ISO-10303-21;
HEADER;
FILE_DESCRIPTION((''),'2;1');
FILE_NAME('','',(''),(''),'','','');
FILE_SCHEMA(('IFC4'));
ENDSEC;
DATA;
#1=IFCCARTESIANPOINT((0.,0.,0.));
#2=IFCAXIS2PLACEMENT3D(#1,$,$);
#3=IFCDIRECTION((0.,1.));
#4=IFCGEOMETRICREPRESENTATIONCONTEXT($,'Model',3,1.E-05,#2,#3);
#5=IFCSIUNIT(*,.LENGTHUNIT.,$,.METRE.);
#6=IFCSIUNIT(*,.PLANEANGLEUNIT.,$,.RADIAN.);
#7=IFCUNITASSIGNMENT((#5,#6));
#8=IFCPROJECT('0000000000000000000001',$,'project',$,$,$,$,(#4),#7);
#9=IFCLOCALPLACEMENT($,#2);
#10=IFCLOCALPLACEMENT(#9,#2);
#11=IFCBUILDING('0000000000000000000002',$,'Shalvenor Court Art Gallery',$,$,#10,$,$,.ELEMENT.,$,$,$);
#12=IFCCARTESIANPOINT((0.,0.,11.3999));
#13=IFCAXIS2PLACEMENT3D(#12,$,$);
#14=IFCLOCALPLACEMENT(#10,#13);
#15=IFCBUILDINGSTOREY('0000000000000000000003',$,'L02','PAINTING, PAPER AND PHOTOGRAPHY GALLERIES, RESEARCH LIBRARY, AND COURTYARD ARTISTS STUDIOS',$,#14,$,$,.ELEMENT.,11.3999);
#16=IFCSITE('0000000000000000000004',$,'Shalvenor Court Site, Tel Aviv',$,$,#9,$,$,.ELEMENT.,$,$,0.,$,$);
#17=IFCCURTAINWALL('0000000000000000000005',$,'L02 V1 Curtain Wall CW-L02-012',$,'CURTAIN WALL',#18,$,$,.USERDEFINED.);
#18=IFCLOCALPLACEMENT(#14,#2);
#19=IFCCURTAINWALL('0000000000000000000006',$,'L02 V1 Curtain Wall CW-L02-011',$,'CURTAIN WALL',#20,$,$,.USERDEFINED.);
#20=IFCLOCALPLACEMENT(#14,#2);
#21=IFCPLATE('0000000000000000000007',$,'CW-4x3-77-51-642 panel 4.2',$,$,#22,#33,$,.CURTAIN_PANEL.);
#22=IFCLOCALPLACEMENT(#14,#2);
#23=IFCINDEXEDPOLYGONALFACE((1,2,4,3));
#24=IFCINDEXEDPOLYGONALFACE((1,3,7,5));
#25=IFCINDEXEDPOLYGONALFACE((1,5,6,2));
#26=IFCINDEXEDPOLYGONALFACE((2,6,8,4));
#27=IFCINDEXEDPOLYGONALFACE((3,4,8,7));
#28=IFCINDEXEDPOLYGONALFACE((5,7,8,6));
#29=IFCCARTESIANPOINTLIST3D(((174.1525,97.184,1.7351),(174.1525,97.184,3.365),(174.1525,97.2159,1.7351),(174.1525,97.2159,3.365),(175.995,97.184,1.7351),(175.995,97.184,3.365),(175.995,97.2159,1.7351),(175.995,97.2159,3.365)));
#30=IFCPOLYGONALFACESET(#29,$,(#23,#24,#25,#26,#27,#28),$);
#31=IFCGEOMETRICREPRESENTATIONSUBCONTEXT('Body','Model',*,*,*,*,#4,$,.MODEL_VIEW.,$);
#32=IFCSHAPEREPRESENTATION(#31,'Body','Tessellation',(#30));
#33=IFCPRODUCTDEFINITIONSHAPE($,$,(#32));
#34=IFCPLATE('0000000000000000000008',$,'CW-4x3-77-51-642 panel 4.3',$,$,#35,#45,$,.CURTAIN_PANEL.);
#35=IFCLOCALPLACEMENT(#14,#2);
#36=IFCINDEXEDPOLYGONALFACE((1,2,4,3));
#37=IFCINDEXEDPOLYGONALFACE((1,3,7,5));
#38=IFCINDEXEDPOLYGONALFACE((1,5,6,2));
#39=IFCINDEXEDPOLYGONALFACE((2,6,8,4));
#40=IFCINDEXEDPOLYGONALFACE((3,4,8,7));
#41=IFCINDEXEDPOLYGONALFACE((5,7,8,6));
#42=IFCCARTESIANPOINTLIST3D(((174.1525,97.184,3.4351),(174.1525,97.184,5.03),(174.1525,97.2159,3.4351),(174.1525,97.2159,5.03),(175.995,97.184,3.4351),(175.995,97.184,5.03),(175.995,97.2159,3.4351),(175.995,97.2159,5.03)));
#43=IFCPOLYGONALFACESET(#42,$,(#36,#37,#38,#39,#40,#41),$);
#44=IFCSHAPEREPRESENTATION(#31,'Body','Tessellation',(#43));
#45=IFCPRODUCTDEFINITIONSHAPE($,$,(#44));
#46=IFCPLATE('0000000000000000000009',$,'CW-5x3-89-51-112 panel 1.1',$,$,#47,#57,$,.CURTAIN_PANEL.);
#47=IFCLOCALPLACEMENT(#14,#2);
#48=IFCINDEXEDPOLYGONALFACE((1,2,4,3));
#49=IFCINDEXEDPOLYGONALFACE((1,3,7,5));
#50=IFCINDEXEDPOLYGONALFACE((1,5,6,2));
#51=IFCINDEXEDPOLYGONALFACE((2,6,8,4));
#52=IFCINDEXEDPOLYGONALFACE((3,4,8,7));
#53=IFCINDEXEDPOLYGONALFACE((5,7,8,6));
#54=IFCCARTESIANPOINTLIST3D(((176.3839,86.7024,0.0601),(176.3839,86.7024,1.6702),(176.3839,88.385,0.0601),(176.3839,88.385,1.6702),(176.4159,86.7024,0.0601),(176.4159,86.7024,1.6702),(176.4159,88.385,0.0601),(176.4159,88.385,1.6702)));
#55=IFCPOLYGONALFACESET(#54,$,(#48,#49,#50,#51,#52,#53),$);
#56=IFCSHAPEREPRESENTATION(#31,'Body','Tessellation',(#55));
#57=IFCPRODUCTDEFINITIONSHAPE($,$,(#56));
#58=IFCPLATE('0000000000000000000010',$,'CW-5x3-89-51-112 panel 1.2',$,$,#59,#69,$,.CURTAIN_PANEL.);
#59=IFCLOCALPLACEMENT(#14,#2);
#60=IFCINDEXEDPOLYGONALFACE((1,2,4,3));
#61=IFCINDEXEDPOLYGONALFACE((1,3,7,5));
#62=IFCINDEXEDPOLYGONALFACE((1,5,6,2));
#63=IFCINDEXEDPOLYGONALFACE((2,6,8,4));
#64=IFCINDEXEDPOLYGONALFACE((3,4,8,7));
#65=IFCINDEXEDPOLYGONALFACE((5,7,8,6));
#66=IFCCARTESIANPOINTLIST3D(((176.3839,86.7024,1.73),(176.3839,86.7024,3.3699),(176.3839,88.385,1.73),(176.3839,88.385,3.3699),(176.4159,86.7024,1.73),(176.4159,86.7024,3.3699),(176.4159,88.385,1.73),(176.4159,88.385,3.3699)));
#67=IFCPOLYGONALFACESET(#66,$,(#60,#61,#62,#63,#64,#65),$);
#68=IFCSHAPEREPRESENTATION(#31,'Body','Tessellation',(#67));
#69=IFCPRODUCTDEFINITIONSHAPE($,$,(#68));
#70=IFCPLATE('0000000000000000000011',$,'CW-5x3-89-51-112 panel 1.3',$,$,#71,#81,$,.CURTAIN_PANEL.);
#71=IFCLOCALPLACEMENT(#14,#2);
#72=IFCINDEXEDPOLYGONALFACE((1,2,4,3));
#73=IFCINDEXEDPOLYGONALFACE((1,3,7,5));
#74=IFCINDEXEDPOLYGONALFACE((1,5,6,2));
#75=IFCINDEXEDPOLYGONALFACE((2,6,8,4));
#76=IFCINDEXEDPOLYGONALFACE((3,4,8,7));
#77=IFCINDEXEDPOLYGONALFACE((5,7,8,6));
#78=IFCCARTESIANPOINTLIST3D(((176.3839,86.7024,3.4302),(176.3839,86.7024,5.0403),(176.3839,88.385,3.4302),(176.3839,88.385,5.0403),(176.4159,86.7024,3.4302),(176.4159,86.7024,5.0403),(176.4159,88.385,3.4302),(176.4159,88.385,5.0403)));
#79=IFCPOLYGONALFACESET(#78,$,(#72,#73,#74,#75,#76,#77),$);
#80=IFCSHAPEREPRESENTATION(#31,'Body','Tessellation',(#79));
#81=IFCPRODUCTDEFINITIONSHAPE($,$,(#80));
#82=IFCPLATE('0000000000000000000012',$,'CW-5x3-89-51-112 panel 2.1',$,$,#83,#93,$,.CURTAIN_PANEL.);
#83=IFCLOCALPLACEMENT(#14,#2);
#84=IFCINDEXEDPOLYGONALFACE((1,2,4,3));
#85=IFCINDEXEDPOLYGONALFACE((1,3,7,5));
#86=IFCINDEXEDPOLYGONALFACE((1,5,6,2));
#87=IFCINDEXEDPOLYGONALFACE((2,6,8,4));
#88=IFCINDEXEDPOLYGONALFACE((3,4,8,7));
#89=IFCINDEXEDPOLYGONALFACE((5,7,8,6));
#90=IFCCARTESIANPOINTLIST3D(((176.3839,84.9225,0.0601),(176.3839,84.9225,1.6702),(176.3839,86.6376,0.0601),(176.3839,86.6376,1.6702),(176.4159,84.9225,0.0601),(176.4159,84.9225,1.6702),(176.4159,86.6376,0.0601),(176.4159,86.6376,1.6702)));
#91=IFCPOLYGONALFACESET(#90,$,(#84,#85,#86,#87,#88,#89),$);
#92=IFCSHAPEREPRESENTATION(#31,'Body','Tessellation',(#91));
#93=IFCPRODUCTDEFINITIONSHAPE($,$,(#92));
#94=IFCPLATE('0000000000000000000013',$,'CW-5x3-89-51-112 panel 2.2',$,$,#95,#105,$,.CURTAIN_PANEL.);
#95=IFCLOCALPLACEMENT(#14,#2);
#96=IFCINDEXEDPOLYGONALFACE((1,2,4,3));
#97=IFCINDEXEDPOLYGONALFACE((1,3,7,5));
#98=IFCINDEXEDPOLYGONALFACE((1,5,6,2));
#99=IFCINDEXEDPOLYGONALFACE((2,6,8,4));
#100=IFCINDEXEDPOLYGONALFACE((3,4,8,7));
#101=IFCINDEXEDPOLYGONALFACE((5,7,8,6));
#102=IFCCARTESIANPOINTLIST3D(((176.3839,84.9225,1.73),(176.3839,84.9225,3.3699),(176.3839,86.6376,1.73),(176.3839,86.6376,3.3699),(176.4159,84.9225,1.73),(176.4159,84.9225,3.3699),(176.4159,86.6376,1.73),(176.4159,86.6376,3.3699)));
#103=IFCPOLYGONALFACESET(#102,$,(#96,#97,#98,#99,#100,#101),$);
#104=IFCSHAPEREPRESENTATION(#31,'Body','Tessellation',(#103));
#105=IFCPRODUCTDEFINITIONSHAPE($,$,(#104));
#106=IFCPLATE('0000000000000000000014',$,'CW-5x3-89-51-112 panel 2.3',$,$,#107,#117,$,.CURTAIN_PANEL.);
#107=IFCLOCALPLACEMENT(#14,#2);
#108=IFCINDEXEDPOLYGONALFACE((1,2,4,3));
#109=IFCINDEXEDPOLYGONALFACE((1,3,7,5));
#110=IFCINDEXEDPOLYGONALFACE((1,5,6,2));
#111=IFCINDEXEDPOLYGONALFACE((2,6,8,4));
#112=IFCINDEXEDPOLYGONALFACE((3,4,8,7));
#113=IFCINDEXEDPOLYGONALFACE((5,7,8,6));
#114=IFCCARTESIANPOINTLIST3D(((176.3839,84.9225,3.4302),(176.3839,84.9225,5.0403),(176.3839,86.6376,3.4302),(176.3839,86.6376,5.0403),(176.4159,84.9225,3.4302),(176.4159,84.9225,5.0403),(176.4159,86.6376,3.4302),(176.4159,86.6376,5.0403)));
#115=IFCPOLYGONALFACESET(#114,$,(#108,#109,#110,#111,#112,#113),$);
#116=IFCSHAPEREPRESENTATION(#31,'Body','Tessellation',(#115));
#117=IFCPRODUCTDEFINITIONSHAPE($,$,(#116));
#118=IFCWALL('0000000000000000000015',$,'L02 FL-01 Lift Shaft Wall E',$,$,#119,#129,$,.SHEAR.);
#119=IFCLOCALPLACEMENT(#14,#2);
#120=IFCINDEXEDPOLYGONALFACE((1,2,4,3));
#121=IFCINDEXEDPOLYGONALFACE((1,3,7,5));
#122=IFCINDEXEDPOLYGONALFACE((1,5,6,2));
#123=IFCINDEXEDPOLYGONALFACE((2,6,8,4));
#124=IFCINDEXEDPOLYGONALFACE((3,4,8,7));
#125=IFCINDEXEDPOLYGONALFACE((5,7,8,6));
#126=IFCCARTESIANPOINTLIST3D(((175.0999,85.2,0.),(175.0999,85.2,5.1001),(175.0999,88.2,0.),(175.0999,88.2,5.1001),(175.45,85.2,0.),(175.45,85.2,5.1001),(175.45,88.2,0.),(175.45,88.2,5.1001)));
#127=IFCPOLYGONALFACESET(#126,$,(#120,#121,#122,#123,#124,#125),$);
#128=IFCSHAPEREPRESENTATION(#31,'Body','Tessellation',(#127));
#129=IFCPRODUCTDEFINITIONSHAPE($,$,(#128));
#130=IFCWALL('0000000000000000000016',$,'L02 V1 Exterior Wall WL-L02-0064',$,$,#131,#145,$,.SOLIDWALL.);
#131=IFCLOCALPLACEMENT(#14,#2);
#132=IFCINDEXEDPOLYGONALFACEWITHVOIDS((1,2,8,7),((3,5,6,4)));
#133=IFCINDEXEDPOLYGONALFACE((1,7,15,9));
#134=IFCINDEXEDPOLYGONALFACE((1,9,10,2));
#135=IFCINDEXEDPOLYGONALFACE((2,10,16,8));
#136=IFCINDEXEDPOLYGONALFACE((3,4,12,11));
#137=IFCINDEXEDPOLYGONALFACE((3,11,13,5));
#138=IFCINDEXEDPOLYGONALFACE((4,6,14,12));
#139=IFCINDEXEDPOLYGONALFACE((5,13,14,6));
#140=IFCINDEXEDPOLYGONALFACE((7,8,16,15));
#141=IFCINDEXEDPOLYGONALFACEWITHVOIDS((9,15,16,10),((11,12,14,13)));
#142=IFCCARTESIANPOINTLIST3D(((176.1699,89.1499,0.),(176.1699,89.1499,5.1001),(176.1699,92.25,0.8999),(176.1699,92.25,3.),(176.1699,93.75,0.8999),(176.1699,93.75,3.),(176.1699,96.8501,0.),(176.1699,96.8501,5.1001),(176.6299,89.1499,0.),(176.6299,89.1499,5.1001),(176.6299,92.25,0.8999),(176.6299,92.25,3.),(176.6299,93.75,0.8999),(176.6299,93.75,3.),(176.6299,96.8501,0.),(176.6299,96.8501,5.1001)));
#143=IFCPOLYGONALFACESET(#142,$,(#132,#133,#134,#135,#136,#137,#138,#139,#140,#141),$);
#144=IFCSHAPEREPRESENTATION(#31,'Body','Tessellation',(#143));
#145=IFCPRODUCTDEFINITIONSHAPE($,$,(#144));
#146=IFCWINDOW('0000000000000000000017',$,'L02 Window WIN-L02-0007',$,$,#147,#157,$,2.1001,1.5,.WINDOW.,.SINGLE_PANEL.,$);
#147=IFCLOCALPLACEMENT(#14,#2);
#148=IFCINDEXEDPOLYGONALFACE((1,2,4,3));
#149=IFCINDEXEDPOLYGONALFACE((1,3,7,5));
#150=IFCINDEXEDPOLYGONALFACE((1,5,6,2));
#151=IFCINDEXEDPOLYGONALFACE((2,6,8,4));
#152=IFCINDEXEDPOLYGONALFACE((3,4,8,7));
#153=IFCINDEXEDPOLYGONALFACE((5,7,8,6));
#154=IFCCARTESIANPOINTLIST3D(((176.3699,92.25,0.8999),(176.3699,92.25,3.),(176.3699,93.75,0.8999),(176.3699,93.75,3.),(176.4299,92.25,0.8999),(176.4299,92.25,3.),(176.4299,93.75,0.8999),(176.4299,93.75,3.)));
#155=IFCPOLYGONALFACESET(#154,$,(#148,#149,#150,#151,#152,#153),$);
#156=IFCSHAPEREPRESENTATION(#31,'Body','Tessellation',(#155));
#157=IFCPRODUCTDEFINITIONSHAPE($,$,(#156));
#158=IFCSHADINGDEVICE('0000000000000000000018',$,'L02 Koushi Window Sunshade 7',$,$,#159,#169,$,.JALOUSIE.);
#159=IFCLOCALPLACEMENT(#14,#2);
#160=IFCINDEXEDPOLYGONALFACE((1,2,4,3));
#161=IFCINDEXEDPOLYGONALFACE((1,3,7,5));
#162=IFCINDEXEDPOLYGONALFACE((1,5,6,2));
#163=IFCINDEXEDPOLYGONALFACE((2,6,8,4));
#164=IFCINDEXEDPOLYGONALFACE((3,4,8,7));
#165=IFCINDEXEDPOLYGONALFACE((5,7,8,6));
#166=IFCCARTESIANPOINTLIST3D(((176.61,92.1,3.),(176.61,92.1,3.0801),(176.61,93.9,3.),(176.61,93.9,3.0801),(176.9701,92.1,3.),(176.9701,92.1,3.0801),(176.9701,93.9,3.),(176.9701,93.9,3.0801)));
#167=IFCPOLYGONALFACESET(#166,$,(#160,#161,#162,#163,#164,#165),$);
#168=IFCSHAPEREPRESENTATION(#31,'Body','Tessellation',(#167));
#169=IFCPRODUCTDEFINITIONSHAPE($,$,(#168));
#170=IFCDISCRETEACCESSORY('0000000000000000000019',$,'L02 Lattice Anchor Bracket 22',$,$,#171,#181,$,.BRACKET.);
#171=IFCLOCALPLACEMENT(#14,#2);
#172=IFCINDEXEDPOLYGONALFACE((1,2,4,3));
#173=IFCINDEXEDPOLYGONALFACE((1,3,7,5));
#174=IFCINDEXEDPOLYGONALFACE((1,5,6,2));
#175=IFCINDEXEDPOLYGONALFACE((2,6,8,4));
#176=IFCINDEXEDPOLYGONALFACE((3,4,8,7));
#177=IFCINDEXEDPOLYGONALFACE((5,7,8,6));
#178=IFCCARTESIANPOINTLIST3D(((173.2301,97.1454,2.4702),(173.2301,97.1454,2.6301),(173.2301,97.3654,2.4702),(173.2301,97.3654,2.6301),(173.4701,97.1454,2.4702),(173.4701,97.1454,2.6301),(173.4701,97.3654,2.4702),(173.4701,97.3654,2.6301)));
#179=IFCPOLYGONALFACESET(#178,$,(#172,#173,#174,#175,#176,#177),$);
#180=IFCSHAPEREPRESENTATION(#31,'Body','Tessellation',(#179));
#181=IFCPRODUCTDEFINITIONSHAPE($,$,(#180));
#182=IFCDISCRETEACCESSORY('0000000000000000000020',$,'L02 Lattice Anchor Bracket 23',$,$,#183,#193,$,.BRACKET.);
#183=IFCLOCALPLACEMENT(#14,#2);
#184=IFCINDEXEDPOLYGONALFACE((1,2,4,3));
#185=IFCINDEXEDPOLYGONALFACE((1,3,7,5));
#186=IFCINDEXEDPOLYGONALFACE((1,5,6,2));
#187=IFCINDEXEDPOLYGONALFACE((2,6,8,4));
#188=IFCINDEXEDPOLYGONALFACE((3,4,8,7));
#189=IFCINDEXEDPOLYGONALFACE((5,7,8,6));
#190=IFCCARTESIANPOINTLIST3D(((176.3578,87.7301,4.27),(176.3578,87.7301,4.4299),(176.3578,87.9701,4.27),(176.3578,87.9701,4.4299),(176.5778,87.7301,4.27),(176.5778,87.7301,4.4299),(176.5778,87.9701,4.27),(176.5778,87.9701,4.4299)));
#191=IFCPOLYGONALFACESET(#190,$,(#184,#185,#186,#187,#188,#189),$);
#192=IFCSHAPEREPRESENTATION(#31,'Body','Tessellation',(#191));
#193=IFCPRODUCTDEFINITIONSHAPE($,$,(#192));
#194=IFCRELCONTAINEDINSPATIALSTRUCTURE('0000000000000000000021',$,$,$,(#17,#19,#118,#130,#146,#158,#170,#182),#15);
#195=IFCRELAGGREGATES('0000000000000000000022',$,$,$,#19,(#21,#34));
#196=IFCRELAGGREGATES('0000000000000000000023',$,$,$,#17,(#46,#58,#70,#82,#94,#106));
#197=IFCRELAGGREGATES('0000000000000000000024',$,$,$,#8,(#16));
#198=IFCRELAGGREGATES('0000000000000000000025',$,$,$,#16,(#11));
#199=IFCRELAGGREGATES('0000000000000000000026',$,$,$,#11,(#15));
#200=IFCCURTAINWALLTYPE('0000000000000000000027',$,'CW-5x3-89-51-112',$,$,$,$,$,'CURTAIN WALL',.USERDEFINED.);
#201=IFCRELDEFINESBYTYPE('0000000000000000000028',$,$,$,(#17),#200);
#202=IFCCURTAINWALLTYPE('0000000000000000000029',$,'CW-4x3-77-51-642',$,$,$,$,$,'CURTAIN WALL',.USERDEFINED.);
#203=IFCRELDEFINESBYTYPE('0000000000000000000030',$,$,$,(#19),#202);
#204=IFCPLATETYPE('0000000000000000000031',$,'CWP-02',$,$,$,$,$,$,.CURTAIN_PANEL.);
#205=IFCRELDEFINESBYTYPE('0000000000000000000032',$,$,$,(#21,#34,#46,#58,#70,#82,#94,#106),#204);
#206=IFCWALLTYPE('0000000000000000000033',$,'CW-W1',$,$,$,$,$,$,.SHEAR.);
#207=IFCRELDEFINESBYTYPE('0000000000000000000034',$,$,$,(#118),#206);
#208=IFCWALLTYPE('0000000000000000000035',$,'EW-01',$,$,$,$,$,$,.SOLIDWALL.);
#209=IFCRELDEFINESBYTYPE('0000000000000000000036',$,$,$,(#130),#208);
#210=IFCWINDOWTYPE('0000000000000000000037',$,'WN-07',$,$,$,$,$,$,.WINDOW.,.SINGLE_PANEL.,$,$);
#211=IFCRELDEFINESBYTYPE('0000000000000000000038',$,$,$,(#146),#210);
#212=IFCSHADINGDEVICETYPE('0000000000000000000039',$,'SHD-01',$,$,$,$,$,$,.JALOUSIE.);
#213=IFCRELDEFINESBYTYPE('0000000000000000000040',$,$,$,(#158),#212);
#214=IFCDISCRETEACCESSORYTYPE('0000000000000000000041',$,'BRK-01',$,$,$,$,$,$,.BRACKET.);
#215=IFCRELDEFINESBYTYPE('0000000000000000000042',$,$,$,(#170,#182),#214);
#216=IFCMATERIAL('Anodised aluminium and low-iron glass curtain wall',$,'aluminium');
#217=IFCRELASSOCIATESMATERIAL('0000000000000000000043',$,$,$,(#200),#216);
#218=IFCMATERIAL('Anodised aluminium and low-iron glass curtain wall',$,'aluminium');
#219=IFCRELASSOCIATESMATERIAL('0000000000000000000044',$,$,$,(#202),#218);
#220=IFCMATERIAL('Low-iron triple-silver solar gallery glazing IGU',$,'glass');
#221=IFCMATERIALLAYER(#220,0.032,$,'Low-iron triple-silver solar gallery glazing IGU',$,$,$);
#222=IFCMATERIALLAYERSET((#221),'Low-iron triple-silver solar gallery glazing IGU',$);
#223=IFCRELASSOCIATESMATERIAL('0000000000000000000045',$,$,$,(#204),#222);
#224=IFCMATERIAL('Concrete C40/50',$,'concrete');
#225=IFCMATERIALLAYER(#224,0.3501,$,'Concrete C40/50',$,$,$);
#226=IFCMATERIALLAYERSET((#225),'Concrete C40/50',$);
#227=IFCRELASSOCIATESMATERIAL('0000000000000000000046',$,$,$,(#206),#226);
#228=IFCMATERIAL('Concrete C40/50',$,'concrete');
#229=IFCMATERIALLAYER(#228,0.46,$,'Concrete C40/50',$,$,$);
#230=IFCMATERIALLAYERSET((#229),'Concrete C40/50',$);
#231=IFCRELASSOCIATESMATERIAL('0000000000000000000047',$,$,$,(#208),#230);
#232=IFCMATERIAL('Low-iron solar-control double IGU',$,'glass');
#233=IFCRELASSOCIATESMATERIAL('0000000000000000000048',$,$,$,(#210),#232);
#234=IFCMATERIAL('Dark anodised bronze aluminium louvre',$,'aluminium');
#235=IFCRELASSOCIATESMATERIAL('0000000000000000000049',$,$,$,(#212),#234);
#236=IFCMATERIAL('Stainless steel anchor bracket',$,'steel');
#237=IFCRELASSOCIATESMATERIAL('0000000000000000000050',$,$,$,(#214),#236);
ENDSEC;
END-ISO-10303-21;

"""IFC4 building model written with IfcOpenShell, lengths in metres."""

from ifc_helpers import new_model, si_unit, direction, frame, frame_2d, origin, origin_2d, place, context, subcontext, project, spatial, rectangle, extrude, material, layer, layer_set, type_object, element, fill, aggregate, save


model = new_model("IFC4")

# Units and contexts
model_context = context("Model", 3, precision=1e-05, world=origin(), true_north=direction((0.0, 1.0)))
body_context = subcontext(model_context, "Body", "Model", "MODEL_VIEW")
ifc_project = project(units=[si_unit("LENGTHUNIT", "METRE"), si_unit("PLANEANGLEUNIT", "RADIAN")], contexts=[model_context])

# Site, building, storey
site_placement = place(None, origin())
site = spatial("IfcSite", under=ifc_project, at=site_placement, Name="Shalvenor Court Site, Tel Aviv", CompositionType="ELEMENT", RefElevation=0.0)
building_placement = place(site_placement, origin())
building = spatial("IfcBuilding", under=site, at=building_placement, Name="Shalvenor Court Art Gallery", CompositionType="ELEMENT")
storey_placement = place(building_placement, frame((0.0, 0.0, 11.3999)))
storey = spatial("IfcBuildingStorey", under=building, at=storey_placement, Name="L02", Description="PAINTING, PAPER AND PHOTOGRAPHY GALLERIES, RESEARCH LIBRARY, AND COURTYARD ARTISTS STUDIOS", CompositionType="ELEMENT", Elevation=11.3999)

# Curtain walls
ifc_material_1 = material(Name="Anodised aluminium and low-iron glass curtain wall", Category="aluminium")
curtain_wall_type_1 = type_object("IfcCurtainWallType", Name="CW-5x3-89-51-112", ElementType="CURTAIN WALL", PredefinedType="USERDEFINED", material=ifc_material_1)
curtain_wall_1_placement = place(storey_placement, origin())
curtain_wall_1 = element("IfcCurtainWall", 1, at=curtain_wall_1_placement, inside=storey, type_object=curtain_wall_type_1, Name="L02 V1 Curtain Wall CW-L02-012", ObjectType="CURTAIN WALL", PredefinedType="USERDEFINED")
ifc_material_2 = material(Name="Anodised aluminium and low-iron glass curtain wall", Category="aluminium")
curtain_wall_type_2 = type_object("IfcCurtainWallType", Name="CW-4x3-77-51-642", ElementType="CURTAIN WALL", PredefinedType="USERDEFINED", material=ifc_material_2)
curtain_wall_2_placement = place(storey_placement, origin())
curtain_wall_2 = element("IfcCurtainWall", 2, at=curtain_wall_2_placement, inside=storey, type_object=curtain_wall_type_2, Name="L02 V1 Curtain Wall CW-L02-011", ObjectType="CURTAIN WALL", PredefinedType="USERDEFINED")

# Plates
ifc_material_3 = material(Name="Low-iron triple-silver solar gallery glazing IGU", Category="glass")
ifc_layer_1 = layer(ifc_material_3, 0.032, Name="Low-iron triple-silver solar gallery glazing IGU")
ifc_layer_set_1 = layer_set([ifc_layer_1], Name="Low-iron triple-silver solar gallery glazing IGU")
plate_type = type_object("IfcPlateType", Name="CWP-02", PredefinedType="CURTAIN_PANEL", material=ifc_layer_set_1)
plate_1_placement = place(storey_placement, frame((175.0737, 97.2, 1.7351), z_axis=(0.0, 0.0, 1.0), x_axis=(1.0, 0.0, 0.0)))
plate_1 = element("IfcPlate", 3, at=plate_1_placement, type_object=plate_type, Name="CW-4x3-77-51-642 panel 4.2", PredefinedType="CURTAIN_PANEL", context=body_context, shape_type="SweptSolid", body=[
    extrude(rectangle(XDim=1.8425, YDim=0.032, at=origin_2d()), origin(), (0.0, 0.0, 1.0), 1.6299),
])
plate_2_placement = place(storey_placement, frame((175.0737, 97.2, 3.4351), z_axis=(0.0, 0.0, 1.0), x_axis=(1.0, 0.0, 0.0)))
plate_2 = element("IfcPlate", 4, at=plate_2_placement, type_object=plate_type, Name="CW-4x3-77-51-642 panel 4.3", PredefinedType="CURTAIN_PANEL", context=body_context, shape_type="SweptSolid", body=[
    extrude(rectangle(XDim=1.8425, YDim=0.032, at=origin_2d()), origin(), (0.0, 0.0, 1.0), 1.595),
])
aggregate(curtain_wall_2, [plate_1, plate_2])
plate_3_placement = place(storey_placement, frame((176.3999, 87.5437, 0.0601), z_axis=(0.0, 0.0, 1.0), x_axis=(0.0, -1.0, 0.0)))
plate_3 = element("IfcPlate", 5, at=plate_3_placement, type_object=plate_type, Name="CW-5x3-89-51-112 panel 1.1", PredefinedType="CURTAIN_PANEL", context=body_context, shape_type="SweptSolid", body=[
    extrude(rectangle(XDim=1.6826, YDim=0.032, at=origin_2d()), origin(), (0.0, 0.0, 1.0), 1.6101),
])
plate_4_placement = place(storey_placement, frame((176.3999, 87.5437, 1.73), z_axis=(0.0, 0.0, 1.0), x_axis=(0.0, -1.0, 0.0)))
plate_4 = element("IfcPlate", 6, at=plate_4_placement, type_object=plate_type, Name="CW-5x3-89-51-112 panel 1.2", PredefinedType="CURTAIN_PANEL", context=body_context, shape_type="SweptSolid", body=[
    extrude(rectangle(XDim=1.6826, YDim=0.032, at=origin_2d()), origin(), (0.0, 0.0, 1.0), 1.6399),
])
plate_5_placement = place(storey_placement, frame((176.3999, 87.5437, 3.4302), z_axis=(0.0, 0.0, 1.0), x_axis=(0.0, -1.0, 0.0)))
plate_5 = element("IfcPlate", 7, at=plate_5_placement, type_object=plate_type, Name="CW-5x3-89-51-112 panel 1.3", PredefinedType="CURTAIN_PANEL", context=body_context, shape_type="SweptSolid", body=[
    extrude(rectangle(XDim=1.6826, YDim=0.032, at=origin_2d()), origin(), (0.0, 0.0, 1.0), 1.6101),
])
plate_6_placement = place(storey_placement, frame((176.3999, 85.78, 0.0601), z_axis=(0.0, 0.0, 1.0), x_axis=(0.0, -1.0, 0.0)))
plate_6 = element("IfcPlate", 8, at=plate_6_placement, type_object=plate_type, Name="CW-5x3-89-51-112 panel 2.1", PredefinedType="CURTAIN_PANEL", context=body_context, shape_type="SweptSolid", body=[
    extrude(rectangle(XDim=1.7151, YDim=0.032, at=origin_2d()), origin(), (0.0, 0.0, 1.0), 1.6101),
])
plate_7_placement = place(storey_placement, frame((176.3999, 85.78, 1.73), z_axis=(0.0, 0.0, 1.0), x_axis=(0.0, -1.0, 0.0)))
plate_7 = element("IfcPlate", 9, at=plate_7_placement, type_object=plate_type, Name="CW-5x3-89-51-112 panel 2.2", PredefinedType="CURTAIN_PANEL", context=body_context, shape_type="SweptSolid", body=[
    extrude(rectangle(XDim=1.7151, YDim=0.032, at=origin_2d()), origin(), (0.0, 0.0, 1.0), 1.6399),
])
plate_8_placement = place(storey_placement, frame((176.3999, 85.78, 3.4302), z_axis=(0.0, 0.0, 1.0), x_axis=(0.0, -1.0, 0.0)))
plate_8 = element("IfcPlate", 10, at=plate_8_placement, type_object=plate_type, Name="CW-5x3-89-51-112 panel 2.3", PredefinedType="CURTAIN_PANEL", context=body_context, shape_type="SweptSolid", body=[
    extrude(rectangle(XDim=1.7151, YDim=0.032, at=origin_2d()), origin(), (0.0, 0.0, 1.0), 1.6101),
])
aggregate(curtain_wall_1, [plate_3, plate_4, plate_5, plate_6, plate_7, plate_8])

# Wall
ifc_material_4 = material(Name="Concrete C40/50", Category="concrete")
ifc_layer_2 = layer(ifc_material_4, 0.3501, Name="Concrete C40/50")
ifc_layer_set_2 = layer_set([ifc_layer_2], Name="Concrete C40/50")
wall_type_1 = type_object("IfcWallType", Name="CW-W1", PredefinedType="SHEAR", material=ifc_layer_set_2)
wall_1_placement = place(storey_placement, frame((175.2749, 88.2, 0.0), z_axis=(0.0, 0.0, 1.0), x_axis=(0.0, -1.0, 0.0)))
element("IfcWall", 11, at=wall_1_placement, inside=storey, type_object=wall_type_1, Name="L02 FL-01 Lift Shaft Wall E", PredefinedType="SHEAR", context=body_context, shape_type="SweptSolid", body=[
    extrude(rectangle(XDim=3.0, YDim=0.3501, at=frame_2d((1.5, 0.0))), origin(), (0.0, 0.0, 1.0), 5.1001),
])

# Wall, opening, window
ifc_material_5 = material(Name="Concrete C40/50", Category="concrete")
ifc_layer_3 = layer(ifc_material_5, 0.46, Name="Concrete C40/50")
ifc_layer_set_3 = layer_set([ifc_layer_3], Name="Concrete C40/50")
wall_type_2 = type_object("IfcWallType", Name="EW-01", PredefinedType="SOLIDWALL", material=ifc_layer_set_3)
wall_2_placement = place(storey_placement, frame((176.3999, 96.8501, 0.0), z_axis=(0.0, 0.0, 1.0), x_axis=(0.0, -1.0, 0.0)))
wall_2 = element("IfcWall", 12, at=wall_2_placement, inside=storey, type_object=wall_type_2, Name="L02 V1 Exterior Wall WL-L02-0064", PredefinedType="SOLIDWALL", context=body_context, shape_type="SweptSolid", body=[
    extrude(rectangle(XDim=7.7002, YDim=0.46, at=frame_2d((3.8501, 0.0))), origin(), (0.0, 0.0, 1.0), 5.1001),
])
opening_placement = place(wall_2_placement, frame((3.1001, 0.0, 0.8999)))
opening = element("IfcOpeningElement", 13, at=opening_placement, cuts=wall_2, PredefinedType="OPENING", context=body_context, shape_type="SweptSolid", body=[
    extrude(rectangle(XDim=1.5, YDim=2.1001, at=frame_2d((0.75, 1.05))), frame((0.0, 0.24, 0.0), z_axis=(0.0, -1.0, 0.0), x_axis=(1.0, 0.0, 0.0)), (0.0, 0.0, 1.0), 0.48),
])
ifc_material_6 = material(Name="Low-iron solar-control double IGU", Category="glass")
window_type = type_object("IfcWindowType", Name="WN-07", PartitioningType="SINGLE_PANEL", PredefinedType="WINDOW", material=ifc_material_6)
window_placement = place(opening_placement, origin())
window = element("IfcWindow", 14, at=window_placement, inside=storey, type_object=window_type, Name="L02 Window WIN-L02-0007", OverallHeight=2.1001, OverallWidth=1.5, PartitioningType="SINGLE_PANEL", PredefinedType="WINDOW", context=body_context, shape_type="SweptSolid", body=[
    extrude(rectangle(XDim=1.5, YDim=2.1001, at=frame_2d((0.75, 1.05))), frame((0.0, 0.03, 0.0), z_axis=(0.0, -1.0, 0.0), x_axis=(1.0, 0.0, 0.0)), (0.0, 0.0, 1.0), 0.0601),
])
fill(opening, window)

# Shading device
ifc_material_7 = material(Name="Dark anodised bronze aluminium louvre", Category="aluminium")
shading_device_type = type_object("IfcShadingDeviceType", Name="SHD-01", PredefinedType="JALOUSIE", material=ifc_material_7)
shading_device_placement = place(storey_placement, frame((176.79, 93.0, 3.0), z_axis=(0.0, 0.0, 1.0), x_axis=(0.0, -1.0, 0.0)))
element("IfcShadingDevice", 15, at=shading_device_placement, inside=storey, type_object=shading_device_type, Name="L02 Koushi Window Sunshade 7", PredefinedType="JALOUSIE", context=body_context, shape_type="SweptSolid", body=[
    extrude(rectangle(XDim=1.8, YDim=0.3601, at=origin_2d()), origin(), (0.0, 0.0, 1.0), 0.0801),
])

# Discrete accessories
ifc_material_8 = material(Name="Stainless steel anchor bracket", Category="steel")
discrete_accessory_type = type_object("IfcDiscreteAccessoryType", Name="BRK-01", PredefinedType="BRACKET", material=ifc_material_8)
for number, where, z_axis, x_axis, name in (
    (16, (173.3501, 97.2554, 2.4702), (0.0, 0.0, 1.0), (1.0, 0.0, 0.0), "L02 Lattice Anchor Bracket 22"),
    (17, (176.4678, 87.8501, 4.27), (0.0, 0.0, 1.0), (0.0, -1.0, 0.0), "L02 Lattice Anchor Bracket 23"),
):
    element("IfcDiscreteAccessory", number, at=place(storey_placement, frame(where, z_axis=z_axis, x_axis=x_axis)), inside=storey, type_object=discrete_accessory_type, Name=name, PredefinedType="BRACKET", context=body_context, shape_type="SweptSolid", body=[
        extrude(rectangle(XDim=0.24, YDim=0.22, at=origin_2d()), origin(), (0.0, 0.0, 1.0), 0.1599),
    ])

save(model, "model.ifc")
